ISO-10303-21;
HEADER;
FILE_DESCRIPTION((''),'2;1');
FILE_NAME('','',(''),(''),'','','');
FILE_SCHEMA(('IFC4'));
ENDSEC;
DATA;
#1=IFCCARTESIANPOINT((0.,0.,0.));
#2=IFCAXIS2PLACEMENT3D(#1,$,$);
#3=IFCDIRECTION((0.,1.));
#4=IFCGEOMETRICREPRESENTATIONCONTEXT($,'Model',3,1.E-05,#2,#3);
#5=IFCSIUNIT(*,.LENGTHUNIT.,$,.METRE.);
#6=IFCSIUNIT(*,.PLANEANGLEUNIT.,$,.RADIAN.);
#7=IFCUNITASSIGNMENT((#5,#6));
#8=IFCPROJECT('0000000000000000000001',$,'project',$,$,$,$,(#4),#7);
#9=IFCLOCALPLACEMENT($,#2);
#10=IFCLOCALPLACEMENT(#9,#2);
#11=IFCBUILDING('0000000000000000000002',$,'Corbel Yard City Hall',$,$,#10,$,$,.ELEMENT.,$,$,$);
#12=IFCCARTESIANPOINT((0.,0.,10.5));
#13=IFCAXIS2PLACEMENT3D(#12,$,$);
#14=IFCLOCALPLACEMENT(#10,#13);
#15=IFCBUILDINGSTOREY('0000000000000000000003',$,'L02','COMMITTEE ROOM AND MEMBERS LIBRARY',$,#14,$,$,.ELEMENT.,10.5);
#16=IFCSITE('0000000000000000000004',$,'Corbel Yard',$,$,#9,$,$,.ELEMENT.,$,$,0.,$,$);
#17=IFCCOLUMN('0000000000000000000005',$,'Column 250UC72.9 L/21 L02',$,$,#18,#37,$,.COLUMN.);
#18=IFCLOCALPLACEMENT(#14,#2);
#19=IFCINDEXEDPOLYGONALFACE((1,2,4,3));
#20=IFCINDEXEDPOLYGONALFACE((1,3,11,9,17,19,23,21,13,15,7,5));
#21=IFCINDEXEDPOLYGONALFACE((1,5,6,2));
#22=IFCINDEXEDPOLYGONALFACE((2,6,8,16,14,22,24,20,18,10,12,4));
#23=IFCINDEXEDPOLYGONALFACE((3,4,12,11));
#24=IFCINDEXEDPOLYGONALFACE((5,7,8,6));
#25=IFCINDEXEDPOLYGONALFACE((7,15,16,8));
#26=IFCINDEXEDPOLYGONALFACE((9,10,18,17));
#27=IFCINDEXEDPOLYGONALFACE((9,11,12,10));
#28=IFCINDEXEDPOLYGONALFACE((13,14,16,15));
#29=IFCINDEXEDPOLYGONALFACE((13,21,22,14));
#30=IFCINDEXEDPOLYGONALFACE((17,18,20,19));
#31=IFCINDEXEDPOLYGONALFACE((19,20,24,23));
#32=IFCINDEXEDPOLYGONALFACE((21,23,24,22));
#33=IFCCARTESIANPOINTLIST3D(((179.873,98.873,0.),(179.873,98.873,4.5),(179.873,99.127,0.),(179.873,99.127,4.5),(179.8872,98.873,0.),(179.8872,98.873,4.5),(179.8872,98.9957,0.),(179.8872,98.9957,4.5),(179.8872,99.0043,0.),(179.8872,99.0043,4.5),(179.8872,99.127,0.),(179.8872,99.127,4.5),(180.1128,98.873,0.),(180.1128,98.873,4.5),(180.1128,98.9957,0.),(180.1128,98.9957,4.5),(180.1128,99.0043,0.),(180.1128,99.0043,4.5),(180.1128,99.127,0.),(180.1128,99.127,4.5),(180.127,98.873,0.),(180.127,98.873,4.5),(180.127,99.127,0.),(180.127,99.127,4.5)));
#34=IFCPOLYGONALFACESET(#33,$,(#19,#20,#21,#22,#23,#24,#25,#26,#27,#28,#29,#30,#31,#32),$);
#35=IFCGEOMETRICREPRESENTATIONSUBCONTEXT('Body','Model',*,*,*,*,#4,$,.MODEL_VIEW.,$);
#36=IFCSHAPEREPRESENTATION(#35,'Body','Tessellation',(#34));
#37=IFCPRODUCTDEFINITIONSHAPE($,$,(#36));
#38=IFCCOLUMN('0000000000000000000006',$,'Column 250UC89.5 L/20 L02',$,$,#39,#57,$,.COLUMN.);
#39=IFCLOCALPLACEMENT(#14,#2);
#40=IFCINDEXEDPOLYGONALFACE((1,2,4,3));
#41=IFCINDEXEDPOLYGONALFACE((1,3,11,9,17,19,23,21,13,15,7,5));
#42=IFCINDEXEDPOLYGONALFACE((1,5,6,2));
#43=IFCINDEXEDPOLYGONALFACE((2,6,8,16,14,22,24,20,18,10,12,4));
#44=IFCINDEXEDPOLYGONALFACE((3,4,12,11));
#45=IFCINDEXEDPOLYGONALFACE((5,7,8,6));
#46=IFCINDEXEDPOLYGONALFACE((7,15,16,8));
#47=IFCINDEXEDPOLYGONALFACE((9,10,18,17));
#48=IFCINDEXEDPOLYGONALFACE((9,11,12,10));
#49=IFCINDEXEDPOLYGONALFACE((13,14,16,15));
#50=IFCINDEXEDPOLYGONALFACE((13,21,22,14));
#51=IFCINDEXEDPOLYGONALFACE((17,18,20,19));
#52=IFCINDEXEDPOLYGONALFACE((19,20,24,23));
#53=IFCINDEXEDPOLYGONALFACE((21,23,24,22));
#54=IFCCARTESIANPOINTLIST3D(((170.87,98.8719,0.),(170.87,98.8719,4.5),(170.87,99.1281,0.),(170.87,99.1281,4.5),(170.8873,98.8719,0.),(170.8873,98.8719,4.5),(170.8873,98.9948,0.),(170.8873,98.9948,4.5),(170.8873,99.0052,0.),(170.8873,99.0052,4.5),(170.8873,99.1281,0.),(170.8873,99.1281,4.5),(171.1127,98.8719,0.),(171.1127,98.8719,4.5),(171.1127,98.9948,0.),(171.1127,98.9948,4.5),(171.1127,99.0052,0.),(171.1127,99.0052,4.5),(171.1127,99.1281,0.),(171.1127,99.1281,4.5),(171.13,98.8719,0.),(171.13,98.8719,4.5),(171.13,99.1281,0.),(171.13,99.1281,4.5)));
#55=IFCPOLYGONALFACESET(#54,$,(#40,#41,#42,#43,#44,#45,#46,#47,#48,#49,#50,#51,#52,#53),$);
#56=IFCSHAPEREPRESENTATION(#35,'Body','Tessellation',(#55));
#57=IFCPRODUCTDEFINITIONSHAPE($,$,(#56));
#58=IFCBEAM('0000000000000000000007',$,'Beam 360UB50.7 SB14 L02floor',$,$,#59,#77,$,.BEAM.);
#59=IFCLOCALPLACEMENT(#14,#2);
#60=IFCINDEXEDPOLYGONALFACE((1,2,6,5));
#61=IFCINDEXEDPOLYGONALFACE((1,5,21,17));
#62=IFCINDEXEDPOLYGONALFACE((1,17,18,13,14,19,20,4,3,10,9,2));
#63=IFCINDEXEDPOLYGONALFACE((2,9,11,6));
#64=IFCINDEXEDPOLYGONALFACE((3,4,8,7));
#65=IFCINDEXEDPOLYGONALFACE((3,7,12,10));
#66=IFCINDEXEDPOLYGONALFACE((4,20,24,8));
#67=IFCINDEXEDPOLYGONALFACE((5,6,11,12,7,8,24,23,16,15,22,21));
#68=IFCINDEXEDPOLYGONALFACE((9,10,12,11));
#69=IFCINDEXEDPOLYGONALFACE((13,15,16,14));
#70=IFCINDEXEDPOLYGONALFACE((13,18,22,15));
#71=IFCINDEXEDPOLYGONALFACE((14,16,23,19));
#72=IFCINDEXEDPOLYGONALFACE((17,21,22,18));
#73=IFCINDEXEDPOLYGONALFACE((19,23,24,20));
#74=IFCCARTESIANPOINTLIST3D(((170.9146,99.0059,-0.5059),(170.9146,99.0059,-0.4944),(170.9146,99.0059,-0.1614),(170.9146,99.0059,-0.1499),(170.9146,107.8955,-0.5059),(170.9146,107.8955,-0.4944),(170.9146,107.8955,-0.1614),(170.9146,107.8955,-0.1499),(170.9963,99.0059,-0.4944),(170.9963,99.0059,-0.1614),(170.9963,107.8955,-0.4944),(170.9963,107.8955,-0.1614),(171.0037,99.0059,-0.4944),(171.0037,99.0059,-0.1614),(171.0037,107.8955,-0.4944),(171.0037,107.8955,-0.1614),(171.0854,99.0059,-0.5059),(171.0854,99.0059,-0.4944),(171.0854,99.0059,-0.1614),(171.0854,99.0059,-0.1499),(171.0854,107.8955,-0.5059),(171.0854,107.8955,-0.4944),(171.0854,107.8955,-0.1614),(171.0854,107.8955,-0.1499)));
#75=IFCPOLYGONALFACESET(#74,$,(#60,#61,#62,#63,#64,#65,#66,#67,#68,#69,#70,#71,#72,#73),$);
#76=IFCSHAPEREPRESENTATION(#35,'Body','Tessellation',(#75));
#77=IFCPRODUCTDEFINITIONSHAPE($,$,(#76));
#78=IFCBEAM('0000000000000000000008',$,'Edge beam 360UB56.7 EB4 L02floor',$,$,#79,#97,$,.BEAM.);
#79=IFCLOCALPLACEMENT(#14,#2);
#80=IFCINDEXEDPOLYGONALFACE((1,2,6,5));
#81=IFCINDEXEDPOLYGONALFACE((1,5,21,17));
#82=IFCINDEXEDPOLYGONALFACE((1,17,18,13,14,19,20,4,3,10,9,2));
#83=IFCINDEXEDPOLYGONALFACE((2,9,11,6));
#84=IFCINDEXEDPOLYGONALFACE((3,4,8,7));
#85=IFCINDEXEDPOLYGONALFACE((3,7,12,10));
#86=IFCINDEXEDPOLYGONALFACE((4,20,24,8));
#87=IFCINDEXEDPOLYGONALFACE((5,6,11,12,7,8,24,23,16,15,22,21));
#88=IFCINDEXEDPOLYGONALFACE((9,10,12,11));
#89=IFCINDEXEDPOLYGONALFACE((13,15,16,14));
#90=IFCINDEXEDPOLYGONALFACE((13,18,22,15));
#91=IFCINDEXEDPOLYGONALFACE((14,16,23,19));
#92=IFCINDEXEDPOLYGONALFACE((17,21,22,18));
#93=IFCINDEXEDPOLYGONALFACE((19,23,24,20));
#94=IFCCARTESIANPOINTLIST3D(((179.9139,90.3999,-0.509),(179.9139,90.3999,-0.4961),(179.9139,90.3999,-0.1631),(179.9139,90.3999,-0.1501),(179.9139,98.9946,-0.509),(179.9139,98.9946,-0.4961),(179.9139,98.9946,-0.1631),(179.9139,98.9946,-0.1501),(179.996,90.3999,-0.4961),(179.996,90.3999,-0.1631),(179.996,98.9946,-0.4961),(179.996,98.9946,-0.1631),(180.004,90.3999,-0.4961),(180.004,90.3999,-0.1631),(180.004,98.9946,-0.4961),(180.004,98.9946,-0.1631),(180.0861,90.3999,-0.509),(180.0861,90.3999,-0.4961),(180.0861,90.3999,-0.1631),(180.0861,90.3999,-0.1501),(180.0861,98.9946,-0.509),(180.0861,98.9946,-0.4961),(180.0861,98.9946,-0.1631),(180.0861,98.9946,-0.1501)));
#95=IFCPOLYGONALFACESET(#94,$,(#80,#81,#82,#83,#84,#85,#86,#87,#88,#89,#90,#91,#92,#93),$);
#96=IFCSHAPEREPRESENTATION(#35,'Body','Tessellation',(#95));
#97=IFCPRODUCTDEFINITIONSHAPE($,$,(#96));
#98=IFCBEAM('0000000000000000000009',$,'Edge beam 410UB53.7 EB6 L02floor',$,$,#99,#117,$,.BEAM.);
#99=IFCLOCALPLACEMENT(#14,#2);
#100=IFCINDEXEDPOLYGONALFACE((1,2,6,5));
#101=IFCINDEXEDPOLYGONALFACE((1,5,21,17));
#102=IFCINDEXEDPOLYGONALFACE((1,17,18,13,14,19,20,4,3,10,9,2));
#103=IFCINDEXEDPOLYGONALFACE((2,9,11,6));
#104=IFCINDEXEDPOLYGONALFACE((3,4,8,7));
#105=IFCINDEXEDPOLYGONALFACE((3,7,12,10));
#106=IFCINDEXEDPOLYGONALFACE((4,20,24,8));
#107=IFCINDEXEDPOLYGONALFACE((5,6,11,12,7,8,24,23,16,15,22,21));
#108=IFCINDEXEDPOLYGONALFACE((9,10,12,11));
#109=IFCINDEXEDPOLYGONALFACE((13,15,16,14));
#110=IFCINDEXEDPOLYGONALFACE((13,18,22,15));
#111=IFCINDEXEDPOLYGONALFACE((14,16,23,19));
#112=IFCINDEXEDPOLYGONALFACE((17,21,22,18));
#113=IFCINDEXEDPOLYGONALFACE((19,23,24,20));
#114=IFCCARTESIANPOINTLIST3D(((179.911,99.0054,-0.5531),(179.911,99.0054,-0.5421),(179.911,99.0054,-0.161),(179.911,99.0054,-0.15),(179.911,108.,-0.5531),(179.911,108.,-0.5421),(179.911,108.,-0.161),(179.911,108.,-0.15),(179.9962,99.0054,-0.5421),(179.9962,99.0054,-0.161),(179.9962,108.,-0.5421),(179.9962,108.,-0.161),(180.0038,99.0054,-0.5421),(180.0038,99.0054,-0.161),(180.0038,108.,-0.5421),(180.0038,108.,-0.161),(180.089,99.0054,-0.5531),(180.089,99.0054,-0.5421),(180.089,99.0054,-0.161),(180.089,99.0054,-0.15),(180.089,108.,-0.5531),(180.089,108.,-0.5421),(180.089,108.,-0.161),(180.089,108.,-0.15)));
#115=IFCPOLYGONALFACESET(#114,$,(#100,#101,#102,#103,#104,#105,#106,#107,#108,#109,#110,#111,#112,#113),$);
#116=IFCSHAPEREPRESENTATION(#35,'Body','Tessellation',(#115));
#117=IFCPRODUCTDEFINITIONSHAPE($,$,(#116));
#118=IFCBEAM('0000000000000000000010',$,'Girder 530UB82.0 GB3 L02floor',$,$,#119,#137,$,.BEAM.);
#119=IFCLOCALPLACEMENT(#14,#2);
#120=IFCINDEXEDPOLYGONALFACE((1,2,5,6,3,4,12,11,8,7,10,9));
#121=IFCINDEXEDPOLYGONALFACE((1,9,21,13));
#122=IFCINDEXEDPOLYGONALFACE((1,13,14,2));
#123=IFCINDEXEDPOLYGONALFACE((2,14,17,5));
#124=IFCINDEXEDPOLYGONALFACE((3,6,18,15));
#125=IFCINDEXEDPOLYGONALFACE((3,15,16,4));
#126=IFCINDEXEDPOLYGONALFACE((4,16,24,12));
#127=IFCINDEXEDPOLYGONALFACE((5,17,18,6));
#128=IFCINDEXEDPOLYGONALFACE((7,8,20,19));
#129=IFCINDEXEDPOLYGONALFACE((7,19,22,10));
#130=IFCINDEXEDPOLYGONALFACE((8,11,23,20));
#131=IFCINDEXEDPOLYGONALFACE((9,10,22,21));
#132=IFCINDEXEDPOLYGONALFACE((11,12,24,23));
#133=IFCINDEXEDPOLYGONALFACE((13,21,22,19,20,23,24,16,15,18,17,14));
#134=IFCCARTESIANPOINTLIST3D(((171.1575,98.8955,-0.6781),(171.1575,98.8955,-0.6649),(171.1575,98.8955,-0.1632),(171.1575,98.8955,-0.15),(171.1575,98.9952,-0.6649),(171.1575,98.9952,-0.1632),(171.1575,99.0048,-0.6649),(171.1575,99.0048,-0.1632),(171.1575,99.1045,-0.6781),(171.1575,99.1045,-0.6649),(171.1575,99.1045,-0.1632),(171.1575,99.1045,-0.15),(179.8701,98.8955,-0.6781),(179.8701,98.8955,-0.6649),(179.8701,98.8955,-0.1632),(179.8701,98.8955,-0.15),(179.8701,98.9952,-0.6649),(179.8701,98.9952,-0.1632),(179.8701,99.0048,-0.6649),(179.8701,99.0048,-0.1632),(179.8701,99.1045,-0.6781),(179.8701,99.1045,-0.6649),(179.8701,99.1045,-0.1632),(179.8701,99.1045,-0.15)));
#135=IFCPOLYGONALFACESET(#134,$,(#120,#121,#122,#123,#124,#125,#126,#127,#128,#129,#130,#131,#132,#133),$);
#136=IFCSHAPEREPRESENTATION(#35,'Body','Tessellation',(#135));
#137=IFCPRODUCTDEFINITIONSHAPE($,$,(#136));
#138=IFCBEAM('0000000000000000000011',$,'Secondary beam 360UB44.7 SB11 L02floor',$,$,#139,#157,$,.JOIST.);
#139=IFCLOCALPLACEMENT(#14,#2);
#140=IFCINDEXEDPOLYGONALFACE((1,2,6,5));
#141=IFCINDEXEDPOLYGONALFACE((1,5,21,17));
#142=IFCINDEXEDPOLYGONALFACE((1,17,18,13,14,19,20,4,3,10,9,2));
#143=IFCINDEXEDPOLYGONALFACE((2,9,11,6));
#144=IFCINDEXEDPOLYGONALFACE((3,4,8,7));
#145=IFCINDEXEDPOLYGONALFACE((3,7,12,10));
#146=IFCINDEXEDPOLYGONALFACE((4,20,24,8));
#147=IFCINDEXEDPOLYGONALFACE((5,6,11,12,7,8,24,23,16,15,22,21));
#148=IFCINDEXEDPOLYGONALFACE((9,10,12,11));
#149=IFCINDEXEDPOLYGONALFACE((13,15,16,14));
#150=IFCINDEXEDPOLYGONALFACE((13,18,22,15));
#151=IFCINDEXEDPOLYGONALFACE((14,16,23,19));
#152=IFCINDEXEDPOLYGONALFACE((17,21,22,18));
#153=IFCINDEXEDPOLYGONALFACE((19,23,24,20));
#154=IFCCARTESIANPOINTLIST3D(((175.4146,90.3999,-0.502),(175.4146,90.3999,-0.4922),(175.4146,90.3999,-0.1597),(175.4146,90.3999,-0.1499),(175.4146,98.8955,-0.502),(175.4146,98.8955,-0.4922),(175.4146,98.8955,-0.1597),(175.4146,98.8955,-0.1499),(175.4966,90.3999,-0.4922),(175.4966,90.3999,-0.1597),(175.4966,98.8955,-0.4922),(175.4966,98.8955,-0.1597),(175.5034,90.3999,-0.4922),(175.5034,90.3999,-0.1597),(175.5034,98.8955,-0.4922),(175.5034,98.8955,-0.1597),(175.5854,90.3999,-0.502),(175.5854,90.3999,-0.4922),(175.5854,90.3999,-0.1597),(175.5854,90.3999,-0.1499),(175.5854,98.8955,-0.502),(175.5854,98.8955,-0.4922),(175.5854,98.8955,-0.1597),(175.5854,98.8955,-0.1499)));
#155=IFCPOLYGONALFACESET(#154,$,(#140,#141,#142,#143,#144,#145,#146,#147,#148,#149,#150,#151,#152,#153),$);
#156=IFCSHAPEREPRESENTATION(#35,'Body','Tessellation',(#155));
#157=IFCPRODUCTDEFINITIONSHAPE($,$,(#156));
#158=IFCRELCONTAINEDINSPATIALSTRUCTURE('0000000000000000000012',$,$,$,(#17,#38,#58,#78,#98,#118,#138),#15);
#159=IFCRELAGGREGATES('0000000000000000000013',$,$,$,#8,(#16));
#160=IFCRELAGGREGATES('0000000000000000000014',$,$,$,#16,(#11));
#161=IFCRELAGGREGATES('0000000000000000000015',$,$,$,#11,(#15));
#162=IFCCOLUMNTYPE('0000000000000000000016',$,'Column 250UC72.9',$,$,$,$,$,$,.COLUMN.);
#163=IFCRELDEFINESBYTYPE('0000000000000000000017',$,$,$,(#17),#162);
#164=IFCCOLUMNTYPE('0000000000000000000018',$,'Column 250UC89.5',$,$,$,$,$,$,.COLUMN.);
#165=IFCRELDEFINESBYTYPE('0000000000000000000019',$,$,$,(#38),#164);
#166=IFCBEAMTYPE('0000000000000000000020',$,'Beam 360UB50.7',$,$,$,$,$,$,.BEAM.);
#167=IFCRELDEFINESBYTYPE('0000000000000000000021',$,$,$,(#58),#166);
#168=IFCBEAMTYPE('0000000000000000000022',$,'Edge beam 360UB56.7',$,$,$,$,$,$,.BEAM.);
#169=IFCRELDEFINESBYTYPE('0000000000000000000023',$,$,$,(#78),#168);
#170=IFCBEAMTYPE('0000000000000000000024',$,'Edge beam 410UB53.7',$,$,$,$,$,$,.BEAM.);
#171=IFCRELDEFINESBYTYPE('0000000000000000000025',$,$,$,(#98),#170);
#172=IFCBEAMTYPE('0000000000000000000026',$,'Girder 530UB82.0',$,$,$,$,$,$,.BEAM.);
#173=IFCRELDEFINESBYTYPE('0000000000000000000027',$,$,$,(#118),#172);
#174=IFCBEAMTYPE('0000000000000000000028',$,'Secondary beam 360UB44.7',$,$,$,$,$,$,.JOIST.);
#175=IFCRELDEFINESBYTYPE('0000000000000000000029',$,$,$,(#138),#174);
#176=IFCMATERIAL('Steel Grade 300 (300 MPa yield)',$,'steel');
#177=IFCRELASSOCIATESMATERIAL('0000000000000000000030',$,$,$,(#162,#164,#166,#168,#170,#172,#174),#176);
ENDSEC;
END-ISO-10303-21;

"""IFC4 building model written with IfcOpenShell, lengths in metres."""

from ifc_helpers import new_model, si_unit, direction, frame, origin, origin_2d, place, context, subcontext, project, spatial, i_section, extrude, material, material_profile, profile_set, type_object, element, save


model = new_model("IFC4")

# Units and contexts
model_context = context("Model", 3, precision=1e-05, world=origin(), true_north=direction((0.0, 1.0)))
body_context = subcontext(model_context, "Body", "Model", "MODEL_VIEW")
ifc_project = project(units=[si_unit("LENGTHUNIT", "METRE"), si_unit("PLANEANGLEUNIT", "RADIAN")], contexts=[model_context])

# Site, building, storey
site_placement = place(None, origin())
site = spatial("IfcSite", under=ifc_project, at=site_placement, Name="Corbel Yard", CompositionType="ELEMENT", RefElevation=0.0)
building_placement = place(site_placement, origin())
building = spatial("IfcBuilding", under=site, at=building_placement, Name="Corbel Yard City Hall", CompositionType="ELEMENT")
storey_placement = place(building_placement, frame((0.0, 0.0, 10.5)))
storey = spatial("IfcBuildingStorey", under=building, at=storey_placement, Name="L02", Description="COMMITTEE ROOM AND MEMBERS LIBRARY", CompositionType="ELEMENT", Elevation=10.5)

# Columns
ifc_material_1 = material(Name="Steel Grade 300 (300 MPa yield)", Category="steel")
ifc_material_profile_1 = material_profile(ifc_material_1, i_section(OverallWidth=0.2539, OverallDepth=0.2539, WebThickness=0.0085, FlangeThickness=0.0142, at=origin_2d()), Name="250UC72.9")
ifc_profile_set_1 = profile_set([ifc_material_profile_1], Name="Steel Grade 300 (300 MPa yield)")
column_type_1 = type_object("IfcColumnType", Name="Column 250UC72.9", PredefinedType="COLUMN", material=ifc_profile_set_1)
column_1_placement = place(storey_placement, frame((180.0, 99.0, 0.0), z_axis=(0.0, 0.0, 1.0), x_axis=(0.0, 1.0, 0.0)))
element("IfcColumn", 1, at=column_1_placement, inside=storey, type_object=column_type_1, Name="Column 250UC72.9 L/21 L02", PredefinedType="COLUMN", context=body_context, shape_type="SweptSolid", body=[
    extrude(i_section(OverallWidth=0.2539, OverallDepth=0.2539, WebThickness=0.0085, FlangeThickness=0.0142, at=origin_2d()), origin(), (0.0, 0.0, 1.0), 4.5),
])
ifc_material_profile_2 = material_profile(ifc_material_1, i_section(OverallWidth=0.2561, OverallDepth=0.26, WebThickness=0.0105, FlangeThickness=0.0173, at=origin_2d()), Name="250UC89.5")
ifc_profile_set_2 = profile_set([ifc_material_profile_2], Name="Steel Grade 300 (300 MPa yield)")
column_type_2 = type_object("IfcColumnType", Name="Column 250UC89.5", PredefinedType="COLUMN", material=ifc_profile_set_2)
column_2_placement = place(storey_placement, frame((171.0, 99.0, 0.0), z_axis=(0.0, 0.0, 1.0), x_axis=(0.0, 1.0, 0.0)))
element("IfcColumn", 2, at=column_2_placement, inside=storey, type_object=column_type_2, Name="Column 250UC89.5 L/20 L02", PredefinedType="COLUMN", context=body_context, shape_type="SweptSolid", body=[
    extrude(i_section(OverallWidth=0.2561, OverallDepth=0.26, WebThickness=0.0105, FlangeThickness=0.0173, at=origin_2d()), origin(), (0.0, 0.0, 1.0), 4.5),
])

# Beams
ifc_material_profile_3 = material_profile(ifc_material_1, i_section(OverallWidth=0.1709, OverallDepth=0.356, WebThickness=0.0073, FlangeThickness=0.0115, at=origin_2d()), Name="360UB50.7")
ifc_profile_set_3 = profile_set([ifc_material_profile_3], Name="Steel Grade 300 (300 MPa yield)")
beam_type_1 = type_object("IfcBeamType", Name="Beam 360UB50.7", PredefinedType="BEAM", material=ifc_profile_set_3)
beam_1_placement = place(storey_placement, frame((171.0, 99.0059, -0.3279), z_axis=(0.0, 1.0, 0.0), x_axis=(-1.0, 0.0, 0.0)))
element("IfcBeam", 3, at=beam_1_placement, inside=storey, type_object=beam_type_1, Name="Beam 360UB50.7 SB14 L02floor", PredefinedType="BEAM", context=body_context, shape_type="SweptSolid", body=[
    extrude(i_section(OverallWidth=0.1709, OverallDepth=0.356, WebThickness=0.0073, FlangeThickness=0.0115, at=origin_2d()), origin(), (0.0, 0.0, 1.0), 8.8896),
])
ifc_material_profile_4 = material_profile(ifc_material_1, i_section(OverallWidth=0.1721, OverallDepth=0.3589, WebThickness=0.0081, FlangeThickness=0.0129, at=origin_2d()), Name="360UB56.7")
ifc_profile_set_4 = profile_set([ifc_material_profile_4], Name="Steel Grade 300 (300 MPa yield)")
beam_type_2 = type_object("IfcBeamType", Name="Edge beam 360UB56.7", PredefinedType="BEAM", material=ifc_profile_set_4)
beam_2_placement = place(storey_placement, frame((180.0, 90.3999, -0.3296), z_axis=(0.0, 1.0, 0.0), x_axis=(-1.0, 0.0, 0.0)))
element("IfcBeam", 4, at=beam_2_placement, inside=storey, type_object=beam_type_2, Name="Edge beam 360UB56.7 EB4 L02floor", PredefinedType="BEAM", context=body_context, shape_type="SweptSolid", body=[
    extrude(i_section(OverallWidth=0.1721, OverallDepth=0.3589, WebThickness=0.0081, FlangeThickness=0.0129, at=origin_2d()), origin(), (0.0, 0.0, 1.0), 8.5947),
])
ifc_material_profile_5 = material_profile(ifc_material_1, i_section(OverallWidth=0.178, OverallDepth=0.4031, WebThickness=0.0076, FlangeThickness=0.011, at=origin_2d()), Name="410UB53.7")
ifc_profile_set_5 = profile_set([ifc_material_profile_5], Name="Steel Grade 300 (300 MPa yield)")
beam_type_3 = type_object("IfcBeamType", Name="Edge beam 410UB53.7", PredefinedType="BEAM", material=ifc_profile_set_5)
beam_3_placement = place(storey_placement, frame((180.0, 99.0054, -0.3516), z_axis=(0.0, 1.0, 0.0), x_axis=(-1.0, 0.0, 0.0)))
element("IfcBeam", 5, at=beam_3_placement, inside=storey, type_object=beam_type_3, Name="Edge beam 410UB53.7 EB6 L02floor", PredefinedType="BEAM", context=body_context, shape_type="SweptSolid", body=[
    extrude(i_section(OverallWidth=0.178, OverallDepth=0.4031, WebThickness=0.0076, FlangeThickness=0.011, at=origin_2d()), origin(), (0.0, 0.0, 1.0), 8.9946),
])
ifc_material_profile_6 = material_profile(ifc_material_1, i_section(OverallWidth=0.209, OverallDepth=0.5281, WebThickness=0.0095, FlangeThickness=0.0132, at=origin_2d()), Name="530UB82.0")
ifc_profile_set_6 = profile_set([ifc_material_profile_6], Name="Steel Grade 300 (300 MPa yield)")
beam_type_4 = type_object("IfcBeamType", Name="Girder 530UB82.0", PredefinedType="BEAM", material=ifc_profile_set_6)
beam_4_placement = place(storey_placement, frame((171.1575, 99.0, -0.4141), z_axis=(1.0, 0.0, 0.0), x_axis=(0.0, 1.0, 0.0)))
element("IfcBeam", 6, at=beam_4_placement, inside=storey, type_object=beam_type_4, Name="Girder 530UB82.0 GB3 L02floor", PredefinedType="BEAM", context=body_context, shape_type="SweptSolid", body=[
    extrude(i_section(OverallWidth=0.209, OverallDepth=0.5281, WebThickness=0.0095, FlangeThickness=0.0132, at=origin_2d()), origin(), (0.0, 0.0, 1.0), 8.7126),
])
ifc_material_profile_7 = material_profile(ifc_material_1, i_section(OverallWidth=0.1709, OverallDepth=0.3521, WebThickness=0.0068, FlangeThickness=0.0098, at=origin_2d()), Name="360UB44.7")
ifc_profile_set_7 = profile_set([ifc_material_profile_7], Name="Steel Grade 300 (300 MPa yield)")
beam_type_5 = type_object("IfcBeamType", Name="Secondary beam 360UB44.7", PredefinedType="JOIST", material=ifc_profile_set_7)
beam_5_placement = place(storey_placement, frame((175.5, 90.3999, -0.3259), z_axis=(0.0, 1.0, 0.0), x_axis=(-1.0, 0.0, 0.0)))
element("IfcBeam", 7, at=beam_5_placement, inside=storey, type_object=beam_type_5, Name="Secondary beam 360UB44.7 SB11 L02floor", PredefinedType="JOIST", context=body_context, shape_type="SweptSolid", body=[
    extrude(i_section(OverallWidth=0.1709, OverallDepth=0.3521, WebThickness=0.0068, FlangeThickness=0.0098, at=origin_2d()), origin(), (0.0, 0.0, 1.0), 8.4956),
])

save(model, "model.ifc")
